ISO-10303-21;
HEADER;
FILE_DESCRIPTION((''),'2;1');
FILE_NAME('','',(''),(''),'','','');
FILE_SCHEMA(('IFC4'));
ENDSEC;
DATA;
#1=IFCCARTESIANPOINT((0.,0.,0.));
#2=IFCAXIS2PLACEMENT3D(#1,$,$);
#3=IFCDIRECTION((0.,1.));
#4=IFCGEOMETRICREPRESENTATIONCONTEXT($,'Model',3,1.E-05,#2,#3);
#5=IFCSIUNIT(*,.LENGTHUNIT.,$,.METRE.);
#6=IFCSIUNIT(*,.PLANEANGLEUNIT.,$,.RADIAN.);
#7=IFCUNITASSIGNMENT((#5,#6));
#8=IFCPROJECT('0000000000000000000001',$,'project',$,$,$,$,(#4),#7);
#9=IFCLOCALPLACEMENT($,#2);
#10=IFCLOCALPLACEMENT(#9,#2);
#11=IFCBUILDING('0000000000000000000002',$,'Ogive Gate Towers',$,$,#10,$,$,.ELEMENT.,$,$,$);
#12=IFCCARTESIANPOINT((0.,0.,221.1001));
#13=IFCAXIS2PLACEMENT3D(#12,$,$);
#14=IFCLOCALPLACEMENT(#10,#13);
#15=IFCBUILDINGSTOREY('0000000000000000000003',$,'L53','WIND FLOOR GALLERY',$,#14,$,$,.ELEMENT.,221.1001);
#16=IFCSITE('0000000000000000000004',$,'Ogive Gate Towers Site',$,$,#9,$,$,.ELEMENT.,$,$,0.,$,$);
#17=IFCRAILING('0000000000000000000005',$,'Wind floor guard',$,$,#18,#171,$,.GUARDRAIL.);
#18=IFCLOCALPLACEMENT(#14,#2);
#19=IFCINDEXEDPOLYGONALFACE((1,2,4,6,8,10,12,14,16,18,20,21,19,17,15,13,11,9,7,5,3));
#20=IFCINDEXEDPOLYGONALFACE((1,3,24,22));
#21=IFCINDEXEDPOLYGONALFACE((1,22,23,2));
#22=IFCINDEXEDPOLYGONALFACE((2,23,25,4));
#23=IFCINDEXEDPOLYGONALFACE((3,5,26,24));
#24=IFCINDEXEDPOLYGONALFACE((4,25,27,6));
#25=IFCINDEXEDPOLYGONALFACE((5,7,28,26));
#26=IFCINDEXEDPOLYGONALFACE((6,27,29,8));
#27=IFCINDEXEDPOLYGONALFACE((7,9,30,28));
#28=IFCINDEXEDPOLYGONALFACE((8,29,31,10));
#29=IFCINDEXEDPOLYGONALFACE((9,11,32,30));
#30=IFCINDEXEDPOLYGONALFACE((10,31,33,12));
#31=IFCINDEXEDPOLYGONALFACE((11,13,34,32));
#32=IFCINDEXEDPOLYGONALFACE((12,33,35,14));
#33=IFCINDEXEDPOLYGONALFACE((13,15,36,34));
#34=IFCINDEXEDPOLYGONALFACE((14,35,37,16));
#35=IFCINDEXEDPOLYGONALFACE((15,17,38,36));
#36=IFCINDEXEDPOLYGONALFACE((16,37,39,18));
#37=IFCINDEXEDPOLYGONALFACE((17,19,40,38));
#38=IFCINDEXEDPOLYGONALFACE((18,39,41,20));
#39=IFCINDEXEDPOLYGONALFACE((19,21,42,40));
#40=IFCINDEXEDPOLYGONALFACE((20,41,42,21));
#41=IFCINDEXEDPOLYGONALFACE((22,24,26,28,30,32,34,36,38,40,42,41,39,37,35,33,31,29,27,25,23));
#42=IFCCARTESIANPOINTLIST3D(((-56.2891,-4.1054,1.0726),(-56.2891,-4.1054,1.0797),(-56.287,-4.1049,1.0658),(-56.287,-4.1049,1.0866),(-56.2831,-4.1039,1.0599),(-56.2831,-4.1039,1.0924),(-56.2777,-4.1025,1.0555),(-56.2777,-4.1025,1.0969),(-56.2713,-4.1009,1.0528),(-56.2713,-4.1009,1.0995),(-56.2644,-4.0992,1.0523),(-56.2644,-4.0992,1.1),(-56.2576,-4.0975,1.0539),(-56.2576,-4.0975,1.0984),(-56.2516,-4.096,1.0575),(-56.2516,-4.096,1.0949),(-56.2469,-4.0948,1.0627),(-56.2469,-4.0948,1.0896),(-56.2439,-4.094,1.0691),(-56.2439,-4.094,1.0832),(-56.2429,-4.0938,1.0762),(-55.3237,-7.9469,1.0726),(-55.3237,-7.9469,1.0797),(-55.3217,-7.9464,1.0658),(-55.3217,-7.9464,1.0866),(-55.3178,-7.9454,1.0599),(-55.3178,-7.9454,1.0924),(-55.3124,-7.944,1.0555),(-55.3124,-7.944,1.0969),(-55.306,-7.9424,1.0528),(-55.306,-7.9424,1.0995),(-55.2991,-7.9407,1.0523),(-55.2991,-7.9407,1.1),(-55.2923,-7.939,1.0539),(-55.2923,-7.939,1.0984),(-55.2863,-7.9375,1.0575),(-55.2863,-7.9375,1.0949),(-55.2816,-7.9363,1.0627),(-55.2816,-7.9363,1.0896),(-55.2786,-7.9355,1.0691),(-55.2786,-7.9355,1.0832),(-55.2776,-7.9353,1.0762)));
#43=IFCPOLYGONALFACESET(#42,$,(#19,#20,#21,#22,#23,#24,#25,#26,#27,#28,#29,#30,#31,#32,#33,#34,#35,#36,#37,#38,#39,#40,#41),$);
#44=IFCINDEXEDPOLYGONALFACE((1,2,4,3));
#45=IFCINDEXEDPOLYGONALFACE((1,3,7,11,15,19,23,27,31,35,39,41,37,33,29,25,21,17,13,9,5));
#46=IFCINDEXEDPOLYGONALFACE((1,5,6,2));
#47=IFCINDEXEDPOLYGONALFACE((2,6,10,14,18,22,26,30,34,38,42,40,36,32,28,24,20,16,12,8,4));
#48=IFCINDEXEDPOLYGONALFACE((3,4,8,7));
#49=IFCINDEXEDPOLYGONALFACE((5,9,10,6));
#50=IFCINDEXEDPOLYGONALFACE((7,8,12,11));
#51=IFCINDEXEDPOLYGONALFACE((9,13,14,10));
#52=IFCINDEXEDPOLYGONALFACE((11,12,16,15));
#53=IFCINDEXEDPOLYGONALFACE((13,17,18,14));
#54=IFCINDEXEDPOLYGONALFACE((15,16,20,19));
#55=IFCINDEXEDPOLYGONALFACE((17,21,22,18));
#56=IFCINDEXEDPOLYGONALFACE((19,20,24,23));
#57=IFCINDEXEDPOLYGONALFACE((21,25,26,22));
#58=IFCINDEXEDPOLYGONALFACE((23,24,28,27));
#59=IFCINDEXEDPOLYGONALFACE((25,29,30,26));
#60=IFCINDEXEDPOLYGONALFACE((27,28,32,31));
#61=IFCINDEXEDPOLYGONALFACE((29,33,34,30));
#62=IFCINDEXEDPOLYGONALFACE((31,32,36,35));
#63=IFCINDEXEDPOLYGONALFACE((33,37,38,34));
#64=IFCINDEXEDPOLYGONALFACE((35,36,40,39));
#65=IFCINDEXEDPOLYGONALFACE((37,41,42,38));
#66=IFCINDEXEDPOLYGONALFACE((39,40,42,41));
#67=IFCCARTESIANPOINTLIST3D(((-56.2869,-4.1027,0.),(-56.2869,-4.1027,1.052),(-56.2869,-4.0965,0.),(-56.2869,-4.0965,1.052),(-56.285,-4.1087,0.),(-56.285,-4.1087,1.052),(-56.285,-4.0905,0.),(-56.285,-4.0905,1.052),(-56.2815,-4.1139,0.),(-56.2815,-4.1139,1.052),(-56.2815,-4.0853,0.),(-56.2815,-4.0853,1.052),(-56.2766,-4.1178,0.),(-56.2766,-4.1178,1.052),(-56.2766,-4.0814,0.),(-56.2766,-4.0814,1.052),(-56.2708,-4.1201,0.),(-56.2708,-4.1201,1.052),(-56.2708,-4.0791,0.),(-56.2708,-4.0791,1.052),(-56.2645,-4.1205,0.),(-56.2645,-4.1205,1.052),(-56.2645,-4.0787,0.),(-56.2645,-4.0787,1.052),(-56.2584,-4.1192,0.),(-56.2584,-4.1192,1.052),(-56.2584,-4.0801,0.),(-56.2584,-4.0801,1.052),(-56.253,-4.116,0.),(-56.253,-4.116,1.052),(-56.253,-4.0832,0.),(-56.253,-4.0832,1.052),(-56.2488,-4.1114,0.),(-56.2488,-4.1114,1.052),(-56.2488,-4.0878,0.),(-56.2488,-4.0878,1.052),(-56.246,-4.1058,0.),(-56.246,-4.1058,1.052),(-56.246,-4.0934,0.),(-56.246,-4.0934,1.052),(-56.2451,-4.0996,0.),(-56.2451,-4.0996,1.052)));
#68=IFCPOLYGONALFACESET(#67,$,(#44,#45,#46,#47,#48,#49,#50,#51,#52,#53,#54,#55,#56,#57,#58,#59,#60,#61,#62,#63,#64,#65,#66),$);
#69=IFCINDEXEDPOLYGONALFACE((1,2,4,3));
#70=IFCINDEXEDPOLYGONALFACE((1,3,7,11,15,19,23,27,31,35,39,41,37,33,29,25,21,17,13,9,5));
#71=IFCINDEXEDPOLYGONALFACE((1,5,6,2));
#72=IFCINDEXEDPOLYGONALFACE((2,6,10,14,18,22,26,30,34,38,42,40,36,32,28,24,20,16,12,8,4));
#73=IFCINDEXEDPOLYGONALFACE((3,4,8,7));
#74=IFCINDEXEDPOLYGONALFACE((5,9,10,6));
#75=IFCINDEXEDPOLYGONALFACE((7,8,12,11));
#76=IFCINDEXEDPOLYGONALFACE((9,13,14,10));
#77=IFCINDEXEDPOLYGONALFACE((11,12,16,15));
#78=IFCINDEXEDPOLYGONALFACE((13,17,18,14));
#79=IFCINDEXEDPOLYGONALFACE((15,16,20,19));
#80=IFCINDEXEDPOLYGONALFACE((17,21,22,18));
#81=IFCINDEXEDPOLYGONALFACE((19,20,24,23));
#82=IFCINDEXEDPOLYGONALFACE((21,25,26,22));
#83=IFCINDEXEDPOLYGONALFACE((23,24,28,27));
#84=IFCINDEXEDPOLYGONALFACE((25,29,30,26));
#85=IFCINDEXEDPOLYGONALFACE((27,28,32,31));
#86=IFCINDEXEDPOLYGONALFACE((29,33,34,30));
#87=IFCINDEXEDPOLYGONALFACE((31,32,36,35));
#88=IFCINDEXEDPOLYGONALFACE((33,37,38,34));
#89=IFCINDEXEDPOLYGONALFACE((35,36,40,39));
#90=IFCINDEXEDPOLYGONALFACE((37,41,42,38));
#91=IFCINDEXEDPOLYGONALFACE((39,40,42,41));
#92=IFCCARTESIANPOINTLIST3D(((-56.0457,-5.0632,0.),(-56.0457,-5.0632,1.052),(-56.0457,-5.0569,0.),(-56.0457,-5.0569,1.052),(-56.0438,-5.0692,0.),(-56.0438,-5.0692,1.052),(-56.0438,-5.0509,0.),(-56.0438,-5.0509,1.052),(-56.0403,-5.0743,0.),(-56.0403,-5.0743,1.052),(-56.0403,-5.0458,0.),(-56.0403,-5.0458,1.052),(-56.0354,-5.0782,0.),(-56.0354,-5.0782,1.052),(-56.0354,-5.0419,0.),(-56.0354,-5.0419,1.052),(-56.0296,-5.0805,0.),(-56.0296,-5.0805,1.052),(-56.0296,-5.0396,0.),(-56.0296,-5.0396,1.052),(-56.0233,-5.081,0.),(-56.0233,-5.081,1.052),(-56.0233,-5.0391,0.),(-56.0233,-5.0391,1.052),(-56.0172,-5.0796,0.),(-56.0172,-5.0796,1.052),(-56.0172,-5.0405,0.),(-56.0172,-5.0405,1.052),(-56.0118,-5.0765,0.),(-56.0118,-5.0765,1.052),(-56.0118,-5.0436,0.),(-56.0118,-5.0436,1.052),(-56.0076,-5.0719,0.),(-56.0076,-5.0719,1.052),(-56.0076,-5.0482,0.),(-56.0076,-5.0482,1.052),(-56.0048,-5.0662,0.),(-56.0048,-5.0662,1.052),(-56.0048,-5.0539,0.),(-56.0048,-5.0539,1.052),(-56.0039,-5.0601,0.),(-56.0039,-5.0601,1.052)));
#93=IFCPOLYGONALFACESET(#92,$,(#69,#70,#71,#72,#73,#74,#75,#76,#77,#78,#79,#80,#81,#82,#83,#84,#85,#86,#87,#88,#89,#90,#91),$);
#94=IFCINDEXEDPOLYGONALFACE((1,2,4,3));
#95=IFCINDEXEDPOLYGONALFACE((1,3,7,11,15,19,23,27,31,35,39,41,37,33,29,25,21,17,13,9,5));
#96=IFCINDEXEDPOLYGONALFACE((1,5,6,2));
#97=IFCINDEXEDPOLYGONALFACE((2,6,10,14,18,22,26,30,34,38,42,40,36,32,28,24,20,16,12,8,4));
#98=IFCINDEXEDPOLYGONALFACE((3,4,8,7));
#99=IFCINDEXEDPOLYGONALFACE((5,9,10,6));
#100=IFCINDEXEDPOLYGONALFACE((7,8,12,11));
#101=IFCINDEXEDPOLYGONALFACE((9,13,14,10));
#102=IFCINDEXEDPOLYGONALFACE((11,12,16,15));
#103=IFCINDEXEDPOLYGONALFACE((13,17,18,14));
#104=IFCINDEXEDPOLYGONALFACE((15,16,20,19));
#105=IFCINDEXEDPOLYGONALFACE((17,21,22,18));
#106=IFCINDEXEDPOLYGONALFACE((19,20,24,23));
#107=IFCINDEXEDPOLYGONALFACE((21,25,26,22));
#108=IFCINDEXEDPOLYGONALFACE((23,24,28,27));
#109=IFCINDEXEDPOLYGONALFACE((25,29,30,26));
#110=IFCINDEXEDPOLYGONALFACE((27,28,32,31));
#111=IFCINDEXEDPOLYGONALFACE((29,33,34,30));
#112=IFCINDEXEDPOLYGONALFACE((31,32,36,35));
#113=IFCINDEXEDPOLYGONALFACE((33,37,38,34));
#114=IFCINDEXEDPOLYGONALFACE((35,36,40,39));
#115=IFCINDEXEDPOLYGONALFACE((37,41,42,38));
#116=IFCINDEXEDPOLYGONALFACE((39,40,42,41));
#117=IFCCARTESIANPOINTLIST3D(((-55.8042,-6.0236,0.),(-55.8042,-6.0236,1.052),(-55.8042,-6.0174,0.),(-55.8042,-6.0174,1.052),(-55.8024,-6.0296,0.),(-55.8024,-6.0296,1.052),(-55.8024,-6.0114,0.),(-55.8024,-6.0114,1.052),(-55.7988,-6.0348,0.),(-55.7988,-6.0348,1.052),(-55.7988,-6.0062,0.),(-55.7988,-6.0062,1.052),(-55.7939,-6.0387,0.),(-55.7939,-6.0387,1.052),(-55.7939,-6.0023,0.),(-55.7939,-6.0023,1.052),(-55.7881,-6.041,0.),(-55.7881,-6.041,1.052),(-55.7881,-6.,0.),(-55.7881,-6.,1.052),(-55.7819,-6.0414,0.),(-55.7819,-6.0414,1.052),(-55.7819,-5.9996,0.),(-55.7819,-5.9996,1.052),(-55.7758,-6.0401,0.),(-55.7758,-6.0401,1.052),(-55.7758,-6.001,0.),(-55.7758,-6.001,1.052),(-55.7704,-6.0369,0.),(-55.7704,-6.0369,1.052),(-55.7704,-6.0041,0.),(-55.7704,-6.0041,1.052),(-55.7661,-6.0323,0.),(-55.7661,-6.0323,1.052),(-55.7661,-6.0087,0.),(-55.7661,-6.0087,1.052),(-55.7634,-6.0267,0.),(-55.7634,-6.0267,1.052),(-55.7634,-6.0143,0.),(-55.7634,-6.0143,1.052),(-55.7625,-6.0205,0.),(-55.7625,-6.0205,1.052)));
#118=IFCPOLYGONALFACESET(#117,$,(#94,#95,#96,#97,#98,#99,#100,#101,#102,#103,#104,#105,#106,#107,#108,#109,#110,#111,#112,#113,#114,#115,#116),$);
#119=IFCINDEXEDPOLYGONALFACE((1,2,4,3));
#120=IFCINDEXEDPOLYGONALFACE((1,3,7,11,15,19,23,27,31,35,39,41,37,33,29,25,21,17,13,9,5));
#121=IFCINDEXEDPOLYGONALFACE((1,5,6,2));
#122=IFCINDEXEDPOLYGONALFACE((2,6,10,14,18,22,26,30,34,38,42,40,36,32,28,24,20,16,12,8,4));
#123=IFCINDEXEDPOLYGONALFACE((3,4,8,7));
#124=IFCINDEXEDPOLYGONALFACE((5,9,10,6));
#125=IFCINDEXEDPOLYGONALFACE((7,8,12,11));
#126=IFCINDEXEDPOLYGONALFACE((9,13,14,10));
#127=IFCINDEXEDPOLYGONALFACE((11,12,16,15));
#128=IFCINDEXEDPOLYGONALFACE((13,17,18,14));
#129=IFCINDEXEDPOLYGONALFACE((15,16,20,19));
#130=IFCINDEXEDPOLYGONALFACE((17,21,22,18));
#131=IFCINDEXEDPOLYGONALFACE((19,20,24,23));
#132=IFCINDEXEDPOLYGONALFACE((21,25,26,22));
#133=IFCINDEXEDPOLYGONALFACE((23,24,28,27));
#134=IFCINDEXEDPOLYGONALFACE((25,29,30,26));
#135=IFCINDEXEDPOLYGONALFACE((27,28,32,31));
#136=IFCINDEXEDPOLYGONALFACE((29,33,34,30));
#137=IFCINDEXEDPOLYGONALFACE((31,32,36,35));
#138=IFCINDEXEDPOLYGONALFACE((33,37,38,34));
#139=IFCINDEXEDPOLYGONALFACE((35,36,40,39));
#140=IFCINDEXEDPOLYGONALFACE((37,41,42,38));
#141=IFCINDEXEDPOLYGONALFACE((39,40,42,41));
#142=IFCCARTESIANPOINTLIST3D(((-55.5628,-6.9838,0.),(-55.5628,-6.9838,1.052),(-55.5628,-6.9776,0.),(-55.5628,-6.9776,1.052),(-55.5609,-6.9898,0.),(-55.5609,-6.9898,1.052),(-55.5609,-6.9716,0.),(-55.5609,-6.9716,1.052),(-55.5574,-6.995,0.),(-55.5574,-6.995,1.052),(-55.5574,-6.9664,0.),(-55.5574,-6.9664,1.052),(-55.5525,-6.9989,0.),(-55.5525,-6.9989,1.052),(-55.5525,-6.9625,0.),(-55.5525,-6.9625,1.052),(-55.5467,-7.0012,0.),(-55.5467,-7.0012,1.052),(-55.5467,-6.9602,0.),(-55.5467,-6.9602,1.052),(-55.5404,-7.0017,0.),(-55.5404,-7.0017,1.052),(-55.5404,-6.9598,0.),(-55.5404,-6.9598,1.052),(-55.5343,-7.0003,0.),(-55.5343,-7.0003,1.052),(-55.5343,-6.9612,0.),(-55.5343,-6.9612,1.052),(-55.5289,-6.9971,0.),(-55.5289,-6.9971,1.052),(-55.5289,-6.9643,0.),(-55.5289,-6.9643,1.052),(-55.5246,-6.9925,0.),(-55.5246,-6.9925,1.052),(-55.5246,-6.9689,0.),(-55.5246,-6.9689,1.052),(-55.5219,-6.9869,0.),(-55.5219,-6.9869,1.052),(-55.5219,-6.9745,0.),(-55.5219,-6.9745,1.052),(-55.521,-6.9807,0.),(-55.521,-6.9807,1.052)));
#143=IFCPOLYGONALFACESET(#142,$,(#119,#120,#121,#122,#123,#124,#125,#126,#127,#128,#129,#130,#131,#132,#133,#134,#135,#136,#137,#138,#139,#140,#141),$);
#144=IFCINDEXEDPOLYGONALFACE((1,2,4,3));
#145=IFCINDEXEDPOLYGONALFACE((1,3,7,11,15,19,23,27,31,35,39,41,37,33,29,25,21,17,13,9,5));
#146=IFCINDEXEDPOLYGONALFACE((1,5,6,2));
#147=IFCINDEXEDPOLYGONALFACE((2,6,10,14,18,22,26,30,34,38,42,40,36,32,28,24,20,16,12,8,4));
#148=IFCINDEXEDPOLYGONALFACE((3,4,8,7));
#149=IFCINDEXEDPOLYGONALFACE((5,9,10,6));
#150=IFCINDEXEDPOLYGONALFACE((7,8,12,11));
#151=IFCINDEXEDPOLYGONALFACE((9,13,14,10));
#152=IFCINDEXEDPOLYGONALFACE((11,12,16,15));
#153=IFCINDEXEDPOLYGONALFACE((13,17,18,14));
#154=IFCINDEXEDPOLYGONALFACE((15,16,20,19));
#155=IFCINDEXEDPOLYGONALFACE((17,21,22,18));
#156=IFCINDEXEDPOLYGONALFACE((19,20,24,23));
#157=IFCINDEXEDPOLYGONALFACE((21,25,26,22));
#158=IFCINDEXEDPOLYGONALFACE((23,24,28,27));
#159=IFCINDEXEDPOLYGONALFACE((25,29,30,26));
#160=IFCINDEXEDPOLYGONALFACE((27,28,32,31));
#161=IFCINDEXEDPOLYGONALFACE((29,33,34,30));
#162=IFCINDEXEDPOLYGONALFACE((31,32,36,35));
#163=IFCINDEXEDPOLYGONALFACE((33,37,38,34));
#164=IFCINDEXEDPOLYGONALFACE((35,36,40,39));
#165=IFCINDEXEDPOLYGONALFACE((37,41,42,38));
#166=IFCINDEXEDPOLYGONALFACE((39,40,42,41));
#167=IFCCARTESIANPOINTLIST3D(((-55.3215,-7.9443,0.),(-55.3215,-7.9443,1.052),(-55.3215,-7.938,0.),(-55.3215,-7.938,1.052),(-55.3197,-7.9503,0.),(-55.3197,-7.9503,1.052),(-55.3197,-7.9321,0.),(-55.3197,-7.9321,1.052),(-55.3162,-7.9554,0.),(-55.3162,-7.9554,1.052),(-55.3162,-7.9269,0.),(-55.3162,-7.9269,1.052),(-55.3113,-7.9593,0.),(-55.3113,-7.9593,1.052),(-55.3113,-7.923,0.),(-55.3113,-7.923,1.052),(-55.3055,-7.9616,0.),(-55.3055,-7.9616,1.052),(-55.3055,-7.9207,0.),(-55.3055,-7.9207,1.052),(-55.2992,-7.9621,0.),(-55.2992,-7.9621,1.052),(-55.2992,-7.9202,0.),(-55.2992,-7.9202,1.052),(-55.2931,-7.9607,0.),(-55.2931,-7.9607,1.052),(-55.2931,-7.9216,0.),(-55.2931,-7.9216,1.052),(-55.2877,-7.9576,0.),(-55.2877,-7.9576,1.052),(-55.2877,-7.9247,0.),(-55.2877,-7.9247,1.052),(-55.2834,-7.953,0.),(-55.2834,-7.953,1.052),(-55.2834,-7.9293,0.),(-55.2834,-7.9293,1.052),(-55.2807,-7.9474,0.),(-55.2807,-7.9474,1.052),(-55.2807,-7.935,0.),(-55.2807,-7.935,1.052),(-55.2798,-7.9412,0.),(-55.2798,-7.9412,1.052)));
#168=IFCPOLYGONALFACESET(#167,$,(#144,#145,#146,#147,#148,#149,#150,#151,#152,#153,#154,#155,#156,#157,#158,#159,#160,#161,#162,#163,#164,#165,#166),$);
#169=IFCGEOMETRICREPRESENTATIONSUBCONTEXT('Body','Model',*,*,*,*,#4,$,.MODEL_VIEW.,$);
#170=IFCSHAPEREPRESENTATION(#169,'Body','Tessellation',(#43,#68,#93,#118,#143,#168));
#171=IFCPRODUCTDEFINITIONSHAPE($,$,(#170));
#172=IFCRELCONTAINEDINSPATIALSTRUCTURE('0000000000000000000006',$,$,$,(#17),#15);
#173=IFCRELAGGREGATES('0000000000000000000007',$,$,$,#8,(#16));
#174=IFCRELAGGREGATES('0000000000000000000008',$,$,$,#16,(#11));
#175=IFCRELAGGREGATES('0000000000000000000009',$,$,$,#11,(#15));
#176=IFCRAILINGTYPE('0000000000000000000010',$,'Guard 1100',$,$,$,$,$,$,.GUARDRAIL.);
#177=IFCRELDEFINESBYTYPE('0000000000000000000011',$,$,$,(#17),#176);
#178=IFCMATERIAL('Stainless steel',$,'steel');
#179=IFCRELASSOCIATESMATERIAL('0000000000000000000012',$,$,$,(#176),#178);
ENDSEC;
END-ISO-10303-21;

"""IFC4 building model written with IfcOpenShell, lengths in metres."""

from ifc_helpers import new_model, si_unit, direction, frame, origin, origin_2d, place, context, subcontext, project, spatial, circle, extrude, material, type_object, element, save


model = new_model("IFC4")

# Units and contexts
model_context = context("Model", 3, precision=1e-05, world=origin(), true_north=direction((0.0, 1.0)))
body_context = subcontext(model_context, "Body", "Model", "MODEL_VIEW")
ifc_project = project(units=[si_unit("LENGTHUNIT", "METRE"), si_unit("PLANEANGLEUNIT", "RADIAN")], contexts=[model_context])

# Site, building, storey
site_placement = place(None, origin())
site = spatial("IfcSite", under=ifc_project, at=site_placement, Name="Ogive Gate Towers Site", CompositionType="ELEMENT", RefElevation=0.0)
building_placement = place(site_placement, origin())
building = spatial("IfcBuilding", under=site, at=building_placement, Name="Ogive Gate Towers", CompositionType="ELEMENT")
storey_placement = place(building_placement, frame((0.0, 0.0, 221.1001)))
storey = spatial("IfcBuildingStorey", under=building, at=storey_placement, Name="L53", Description="WIND FLOOR GALLERY", CompositionType="ELEMENT", Elevation=221.1001)

# Railing
ifc_material_1 = material(Name="Stainless steel", Category="steel")
railing_type = type_object("IfcRailingType", Name="Guard 1100", PredefinedType="GUARDRAIL", material=ifc_material_1)
railing_1_placement = place(storey_placement, frame((-56.2661, -4.0996, 0.0)))
element("IfcRailing", 1, at=railing_1_placement, inside=storey, type_object=railing_type, Name="Wind floor guard", PredefinedType="GUARDRAIL", context=body_context, shape_type="SweptSolid", body=[
    extrude(circle(Radius=0.0239, at=origin_2d()), frame((0.0, 0.0, 1.0762), z_axis=(0.24371, -0.969848, 0.0), x_axis=(0.969848, 0.24371, 0.0)), (0.0, 0.0, 1.0), 3.9609),
    extrude(circle(Radius=0.021, at=origin_2d()), origin(), (0.0, 0.0, 1.0), 1.052),
    extrude(circle(Radius=0.021, at=origin_2d()), frame((0.2412, -0.9604, 0.0)), (0.0, 0.0, 1.0), 1.052),
    extrude(circle(Radius=0.021, at=origin_2d()), frame((0.4827, -1.9209, 0.0)), (0.0, 0.0, 1.0), 1.052),
    extrude(circle(Radius=0.021, at=origin_2d()), frame((0.7241, -2.8811, 0.0)), (0.0, 0.0, 1.0), 1.052),
    extrude(circle(Radius=0.021, at=origin_2d()), frame((0.9653, -3.8416, 0.0)), (0.0, 0.0, 1.0), 1.052),
])

save(model, "model.ifc")
